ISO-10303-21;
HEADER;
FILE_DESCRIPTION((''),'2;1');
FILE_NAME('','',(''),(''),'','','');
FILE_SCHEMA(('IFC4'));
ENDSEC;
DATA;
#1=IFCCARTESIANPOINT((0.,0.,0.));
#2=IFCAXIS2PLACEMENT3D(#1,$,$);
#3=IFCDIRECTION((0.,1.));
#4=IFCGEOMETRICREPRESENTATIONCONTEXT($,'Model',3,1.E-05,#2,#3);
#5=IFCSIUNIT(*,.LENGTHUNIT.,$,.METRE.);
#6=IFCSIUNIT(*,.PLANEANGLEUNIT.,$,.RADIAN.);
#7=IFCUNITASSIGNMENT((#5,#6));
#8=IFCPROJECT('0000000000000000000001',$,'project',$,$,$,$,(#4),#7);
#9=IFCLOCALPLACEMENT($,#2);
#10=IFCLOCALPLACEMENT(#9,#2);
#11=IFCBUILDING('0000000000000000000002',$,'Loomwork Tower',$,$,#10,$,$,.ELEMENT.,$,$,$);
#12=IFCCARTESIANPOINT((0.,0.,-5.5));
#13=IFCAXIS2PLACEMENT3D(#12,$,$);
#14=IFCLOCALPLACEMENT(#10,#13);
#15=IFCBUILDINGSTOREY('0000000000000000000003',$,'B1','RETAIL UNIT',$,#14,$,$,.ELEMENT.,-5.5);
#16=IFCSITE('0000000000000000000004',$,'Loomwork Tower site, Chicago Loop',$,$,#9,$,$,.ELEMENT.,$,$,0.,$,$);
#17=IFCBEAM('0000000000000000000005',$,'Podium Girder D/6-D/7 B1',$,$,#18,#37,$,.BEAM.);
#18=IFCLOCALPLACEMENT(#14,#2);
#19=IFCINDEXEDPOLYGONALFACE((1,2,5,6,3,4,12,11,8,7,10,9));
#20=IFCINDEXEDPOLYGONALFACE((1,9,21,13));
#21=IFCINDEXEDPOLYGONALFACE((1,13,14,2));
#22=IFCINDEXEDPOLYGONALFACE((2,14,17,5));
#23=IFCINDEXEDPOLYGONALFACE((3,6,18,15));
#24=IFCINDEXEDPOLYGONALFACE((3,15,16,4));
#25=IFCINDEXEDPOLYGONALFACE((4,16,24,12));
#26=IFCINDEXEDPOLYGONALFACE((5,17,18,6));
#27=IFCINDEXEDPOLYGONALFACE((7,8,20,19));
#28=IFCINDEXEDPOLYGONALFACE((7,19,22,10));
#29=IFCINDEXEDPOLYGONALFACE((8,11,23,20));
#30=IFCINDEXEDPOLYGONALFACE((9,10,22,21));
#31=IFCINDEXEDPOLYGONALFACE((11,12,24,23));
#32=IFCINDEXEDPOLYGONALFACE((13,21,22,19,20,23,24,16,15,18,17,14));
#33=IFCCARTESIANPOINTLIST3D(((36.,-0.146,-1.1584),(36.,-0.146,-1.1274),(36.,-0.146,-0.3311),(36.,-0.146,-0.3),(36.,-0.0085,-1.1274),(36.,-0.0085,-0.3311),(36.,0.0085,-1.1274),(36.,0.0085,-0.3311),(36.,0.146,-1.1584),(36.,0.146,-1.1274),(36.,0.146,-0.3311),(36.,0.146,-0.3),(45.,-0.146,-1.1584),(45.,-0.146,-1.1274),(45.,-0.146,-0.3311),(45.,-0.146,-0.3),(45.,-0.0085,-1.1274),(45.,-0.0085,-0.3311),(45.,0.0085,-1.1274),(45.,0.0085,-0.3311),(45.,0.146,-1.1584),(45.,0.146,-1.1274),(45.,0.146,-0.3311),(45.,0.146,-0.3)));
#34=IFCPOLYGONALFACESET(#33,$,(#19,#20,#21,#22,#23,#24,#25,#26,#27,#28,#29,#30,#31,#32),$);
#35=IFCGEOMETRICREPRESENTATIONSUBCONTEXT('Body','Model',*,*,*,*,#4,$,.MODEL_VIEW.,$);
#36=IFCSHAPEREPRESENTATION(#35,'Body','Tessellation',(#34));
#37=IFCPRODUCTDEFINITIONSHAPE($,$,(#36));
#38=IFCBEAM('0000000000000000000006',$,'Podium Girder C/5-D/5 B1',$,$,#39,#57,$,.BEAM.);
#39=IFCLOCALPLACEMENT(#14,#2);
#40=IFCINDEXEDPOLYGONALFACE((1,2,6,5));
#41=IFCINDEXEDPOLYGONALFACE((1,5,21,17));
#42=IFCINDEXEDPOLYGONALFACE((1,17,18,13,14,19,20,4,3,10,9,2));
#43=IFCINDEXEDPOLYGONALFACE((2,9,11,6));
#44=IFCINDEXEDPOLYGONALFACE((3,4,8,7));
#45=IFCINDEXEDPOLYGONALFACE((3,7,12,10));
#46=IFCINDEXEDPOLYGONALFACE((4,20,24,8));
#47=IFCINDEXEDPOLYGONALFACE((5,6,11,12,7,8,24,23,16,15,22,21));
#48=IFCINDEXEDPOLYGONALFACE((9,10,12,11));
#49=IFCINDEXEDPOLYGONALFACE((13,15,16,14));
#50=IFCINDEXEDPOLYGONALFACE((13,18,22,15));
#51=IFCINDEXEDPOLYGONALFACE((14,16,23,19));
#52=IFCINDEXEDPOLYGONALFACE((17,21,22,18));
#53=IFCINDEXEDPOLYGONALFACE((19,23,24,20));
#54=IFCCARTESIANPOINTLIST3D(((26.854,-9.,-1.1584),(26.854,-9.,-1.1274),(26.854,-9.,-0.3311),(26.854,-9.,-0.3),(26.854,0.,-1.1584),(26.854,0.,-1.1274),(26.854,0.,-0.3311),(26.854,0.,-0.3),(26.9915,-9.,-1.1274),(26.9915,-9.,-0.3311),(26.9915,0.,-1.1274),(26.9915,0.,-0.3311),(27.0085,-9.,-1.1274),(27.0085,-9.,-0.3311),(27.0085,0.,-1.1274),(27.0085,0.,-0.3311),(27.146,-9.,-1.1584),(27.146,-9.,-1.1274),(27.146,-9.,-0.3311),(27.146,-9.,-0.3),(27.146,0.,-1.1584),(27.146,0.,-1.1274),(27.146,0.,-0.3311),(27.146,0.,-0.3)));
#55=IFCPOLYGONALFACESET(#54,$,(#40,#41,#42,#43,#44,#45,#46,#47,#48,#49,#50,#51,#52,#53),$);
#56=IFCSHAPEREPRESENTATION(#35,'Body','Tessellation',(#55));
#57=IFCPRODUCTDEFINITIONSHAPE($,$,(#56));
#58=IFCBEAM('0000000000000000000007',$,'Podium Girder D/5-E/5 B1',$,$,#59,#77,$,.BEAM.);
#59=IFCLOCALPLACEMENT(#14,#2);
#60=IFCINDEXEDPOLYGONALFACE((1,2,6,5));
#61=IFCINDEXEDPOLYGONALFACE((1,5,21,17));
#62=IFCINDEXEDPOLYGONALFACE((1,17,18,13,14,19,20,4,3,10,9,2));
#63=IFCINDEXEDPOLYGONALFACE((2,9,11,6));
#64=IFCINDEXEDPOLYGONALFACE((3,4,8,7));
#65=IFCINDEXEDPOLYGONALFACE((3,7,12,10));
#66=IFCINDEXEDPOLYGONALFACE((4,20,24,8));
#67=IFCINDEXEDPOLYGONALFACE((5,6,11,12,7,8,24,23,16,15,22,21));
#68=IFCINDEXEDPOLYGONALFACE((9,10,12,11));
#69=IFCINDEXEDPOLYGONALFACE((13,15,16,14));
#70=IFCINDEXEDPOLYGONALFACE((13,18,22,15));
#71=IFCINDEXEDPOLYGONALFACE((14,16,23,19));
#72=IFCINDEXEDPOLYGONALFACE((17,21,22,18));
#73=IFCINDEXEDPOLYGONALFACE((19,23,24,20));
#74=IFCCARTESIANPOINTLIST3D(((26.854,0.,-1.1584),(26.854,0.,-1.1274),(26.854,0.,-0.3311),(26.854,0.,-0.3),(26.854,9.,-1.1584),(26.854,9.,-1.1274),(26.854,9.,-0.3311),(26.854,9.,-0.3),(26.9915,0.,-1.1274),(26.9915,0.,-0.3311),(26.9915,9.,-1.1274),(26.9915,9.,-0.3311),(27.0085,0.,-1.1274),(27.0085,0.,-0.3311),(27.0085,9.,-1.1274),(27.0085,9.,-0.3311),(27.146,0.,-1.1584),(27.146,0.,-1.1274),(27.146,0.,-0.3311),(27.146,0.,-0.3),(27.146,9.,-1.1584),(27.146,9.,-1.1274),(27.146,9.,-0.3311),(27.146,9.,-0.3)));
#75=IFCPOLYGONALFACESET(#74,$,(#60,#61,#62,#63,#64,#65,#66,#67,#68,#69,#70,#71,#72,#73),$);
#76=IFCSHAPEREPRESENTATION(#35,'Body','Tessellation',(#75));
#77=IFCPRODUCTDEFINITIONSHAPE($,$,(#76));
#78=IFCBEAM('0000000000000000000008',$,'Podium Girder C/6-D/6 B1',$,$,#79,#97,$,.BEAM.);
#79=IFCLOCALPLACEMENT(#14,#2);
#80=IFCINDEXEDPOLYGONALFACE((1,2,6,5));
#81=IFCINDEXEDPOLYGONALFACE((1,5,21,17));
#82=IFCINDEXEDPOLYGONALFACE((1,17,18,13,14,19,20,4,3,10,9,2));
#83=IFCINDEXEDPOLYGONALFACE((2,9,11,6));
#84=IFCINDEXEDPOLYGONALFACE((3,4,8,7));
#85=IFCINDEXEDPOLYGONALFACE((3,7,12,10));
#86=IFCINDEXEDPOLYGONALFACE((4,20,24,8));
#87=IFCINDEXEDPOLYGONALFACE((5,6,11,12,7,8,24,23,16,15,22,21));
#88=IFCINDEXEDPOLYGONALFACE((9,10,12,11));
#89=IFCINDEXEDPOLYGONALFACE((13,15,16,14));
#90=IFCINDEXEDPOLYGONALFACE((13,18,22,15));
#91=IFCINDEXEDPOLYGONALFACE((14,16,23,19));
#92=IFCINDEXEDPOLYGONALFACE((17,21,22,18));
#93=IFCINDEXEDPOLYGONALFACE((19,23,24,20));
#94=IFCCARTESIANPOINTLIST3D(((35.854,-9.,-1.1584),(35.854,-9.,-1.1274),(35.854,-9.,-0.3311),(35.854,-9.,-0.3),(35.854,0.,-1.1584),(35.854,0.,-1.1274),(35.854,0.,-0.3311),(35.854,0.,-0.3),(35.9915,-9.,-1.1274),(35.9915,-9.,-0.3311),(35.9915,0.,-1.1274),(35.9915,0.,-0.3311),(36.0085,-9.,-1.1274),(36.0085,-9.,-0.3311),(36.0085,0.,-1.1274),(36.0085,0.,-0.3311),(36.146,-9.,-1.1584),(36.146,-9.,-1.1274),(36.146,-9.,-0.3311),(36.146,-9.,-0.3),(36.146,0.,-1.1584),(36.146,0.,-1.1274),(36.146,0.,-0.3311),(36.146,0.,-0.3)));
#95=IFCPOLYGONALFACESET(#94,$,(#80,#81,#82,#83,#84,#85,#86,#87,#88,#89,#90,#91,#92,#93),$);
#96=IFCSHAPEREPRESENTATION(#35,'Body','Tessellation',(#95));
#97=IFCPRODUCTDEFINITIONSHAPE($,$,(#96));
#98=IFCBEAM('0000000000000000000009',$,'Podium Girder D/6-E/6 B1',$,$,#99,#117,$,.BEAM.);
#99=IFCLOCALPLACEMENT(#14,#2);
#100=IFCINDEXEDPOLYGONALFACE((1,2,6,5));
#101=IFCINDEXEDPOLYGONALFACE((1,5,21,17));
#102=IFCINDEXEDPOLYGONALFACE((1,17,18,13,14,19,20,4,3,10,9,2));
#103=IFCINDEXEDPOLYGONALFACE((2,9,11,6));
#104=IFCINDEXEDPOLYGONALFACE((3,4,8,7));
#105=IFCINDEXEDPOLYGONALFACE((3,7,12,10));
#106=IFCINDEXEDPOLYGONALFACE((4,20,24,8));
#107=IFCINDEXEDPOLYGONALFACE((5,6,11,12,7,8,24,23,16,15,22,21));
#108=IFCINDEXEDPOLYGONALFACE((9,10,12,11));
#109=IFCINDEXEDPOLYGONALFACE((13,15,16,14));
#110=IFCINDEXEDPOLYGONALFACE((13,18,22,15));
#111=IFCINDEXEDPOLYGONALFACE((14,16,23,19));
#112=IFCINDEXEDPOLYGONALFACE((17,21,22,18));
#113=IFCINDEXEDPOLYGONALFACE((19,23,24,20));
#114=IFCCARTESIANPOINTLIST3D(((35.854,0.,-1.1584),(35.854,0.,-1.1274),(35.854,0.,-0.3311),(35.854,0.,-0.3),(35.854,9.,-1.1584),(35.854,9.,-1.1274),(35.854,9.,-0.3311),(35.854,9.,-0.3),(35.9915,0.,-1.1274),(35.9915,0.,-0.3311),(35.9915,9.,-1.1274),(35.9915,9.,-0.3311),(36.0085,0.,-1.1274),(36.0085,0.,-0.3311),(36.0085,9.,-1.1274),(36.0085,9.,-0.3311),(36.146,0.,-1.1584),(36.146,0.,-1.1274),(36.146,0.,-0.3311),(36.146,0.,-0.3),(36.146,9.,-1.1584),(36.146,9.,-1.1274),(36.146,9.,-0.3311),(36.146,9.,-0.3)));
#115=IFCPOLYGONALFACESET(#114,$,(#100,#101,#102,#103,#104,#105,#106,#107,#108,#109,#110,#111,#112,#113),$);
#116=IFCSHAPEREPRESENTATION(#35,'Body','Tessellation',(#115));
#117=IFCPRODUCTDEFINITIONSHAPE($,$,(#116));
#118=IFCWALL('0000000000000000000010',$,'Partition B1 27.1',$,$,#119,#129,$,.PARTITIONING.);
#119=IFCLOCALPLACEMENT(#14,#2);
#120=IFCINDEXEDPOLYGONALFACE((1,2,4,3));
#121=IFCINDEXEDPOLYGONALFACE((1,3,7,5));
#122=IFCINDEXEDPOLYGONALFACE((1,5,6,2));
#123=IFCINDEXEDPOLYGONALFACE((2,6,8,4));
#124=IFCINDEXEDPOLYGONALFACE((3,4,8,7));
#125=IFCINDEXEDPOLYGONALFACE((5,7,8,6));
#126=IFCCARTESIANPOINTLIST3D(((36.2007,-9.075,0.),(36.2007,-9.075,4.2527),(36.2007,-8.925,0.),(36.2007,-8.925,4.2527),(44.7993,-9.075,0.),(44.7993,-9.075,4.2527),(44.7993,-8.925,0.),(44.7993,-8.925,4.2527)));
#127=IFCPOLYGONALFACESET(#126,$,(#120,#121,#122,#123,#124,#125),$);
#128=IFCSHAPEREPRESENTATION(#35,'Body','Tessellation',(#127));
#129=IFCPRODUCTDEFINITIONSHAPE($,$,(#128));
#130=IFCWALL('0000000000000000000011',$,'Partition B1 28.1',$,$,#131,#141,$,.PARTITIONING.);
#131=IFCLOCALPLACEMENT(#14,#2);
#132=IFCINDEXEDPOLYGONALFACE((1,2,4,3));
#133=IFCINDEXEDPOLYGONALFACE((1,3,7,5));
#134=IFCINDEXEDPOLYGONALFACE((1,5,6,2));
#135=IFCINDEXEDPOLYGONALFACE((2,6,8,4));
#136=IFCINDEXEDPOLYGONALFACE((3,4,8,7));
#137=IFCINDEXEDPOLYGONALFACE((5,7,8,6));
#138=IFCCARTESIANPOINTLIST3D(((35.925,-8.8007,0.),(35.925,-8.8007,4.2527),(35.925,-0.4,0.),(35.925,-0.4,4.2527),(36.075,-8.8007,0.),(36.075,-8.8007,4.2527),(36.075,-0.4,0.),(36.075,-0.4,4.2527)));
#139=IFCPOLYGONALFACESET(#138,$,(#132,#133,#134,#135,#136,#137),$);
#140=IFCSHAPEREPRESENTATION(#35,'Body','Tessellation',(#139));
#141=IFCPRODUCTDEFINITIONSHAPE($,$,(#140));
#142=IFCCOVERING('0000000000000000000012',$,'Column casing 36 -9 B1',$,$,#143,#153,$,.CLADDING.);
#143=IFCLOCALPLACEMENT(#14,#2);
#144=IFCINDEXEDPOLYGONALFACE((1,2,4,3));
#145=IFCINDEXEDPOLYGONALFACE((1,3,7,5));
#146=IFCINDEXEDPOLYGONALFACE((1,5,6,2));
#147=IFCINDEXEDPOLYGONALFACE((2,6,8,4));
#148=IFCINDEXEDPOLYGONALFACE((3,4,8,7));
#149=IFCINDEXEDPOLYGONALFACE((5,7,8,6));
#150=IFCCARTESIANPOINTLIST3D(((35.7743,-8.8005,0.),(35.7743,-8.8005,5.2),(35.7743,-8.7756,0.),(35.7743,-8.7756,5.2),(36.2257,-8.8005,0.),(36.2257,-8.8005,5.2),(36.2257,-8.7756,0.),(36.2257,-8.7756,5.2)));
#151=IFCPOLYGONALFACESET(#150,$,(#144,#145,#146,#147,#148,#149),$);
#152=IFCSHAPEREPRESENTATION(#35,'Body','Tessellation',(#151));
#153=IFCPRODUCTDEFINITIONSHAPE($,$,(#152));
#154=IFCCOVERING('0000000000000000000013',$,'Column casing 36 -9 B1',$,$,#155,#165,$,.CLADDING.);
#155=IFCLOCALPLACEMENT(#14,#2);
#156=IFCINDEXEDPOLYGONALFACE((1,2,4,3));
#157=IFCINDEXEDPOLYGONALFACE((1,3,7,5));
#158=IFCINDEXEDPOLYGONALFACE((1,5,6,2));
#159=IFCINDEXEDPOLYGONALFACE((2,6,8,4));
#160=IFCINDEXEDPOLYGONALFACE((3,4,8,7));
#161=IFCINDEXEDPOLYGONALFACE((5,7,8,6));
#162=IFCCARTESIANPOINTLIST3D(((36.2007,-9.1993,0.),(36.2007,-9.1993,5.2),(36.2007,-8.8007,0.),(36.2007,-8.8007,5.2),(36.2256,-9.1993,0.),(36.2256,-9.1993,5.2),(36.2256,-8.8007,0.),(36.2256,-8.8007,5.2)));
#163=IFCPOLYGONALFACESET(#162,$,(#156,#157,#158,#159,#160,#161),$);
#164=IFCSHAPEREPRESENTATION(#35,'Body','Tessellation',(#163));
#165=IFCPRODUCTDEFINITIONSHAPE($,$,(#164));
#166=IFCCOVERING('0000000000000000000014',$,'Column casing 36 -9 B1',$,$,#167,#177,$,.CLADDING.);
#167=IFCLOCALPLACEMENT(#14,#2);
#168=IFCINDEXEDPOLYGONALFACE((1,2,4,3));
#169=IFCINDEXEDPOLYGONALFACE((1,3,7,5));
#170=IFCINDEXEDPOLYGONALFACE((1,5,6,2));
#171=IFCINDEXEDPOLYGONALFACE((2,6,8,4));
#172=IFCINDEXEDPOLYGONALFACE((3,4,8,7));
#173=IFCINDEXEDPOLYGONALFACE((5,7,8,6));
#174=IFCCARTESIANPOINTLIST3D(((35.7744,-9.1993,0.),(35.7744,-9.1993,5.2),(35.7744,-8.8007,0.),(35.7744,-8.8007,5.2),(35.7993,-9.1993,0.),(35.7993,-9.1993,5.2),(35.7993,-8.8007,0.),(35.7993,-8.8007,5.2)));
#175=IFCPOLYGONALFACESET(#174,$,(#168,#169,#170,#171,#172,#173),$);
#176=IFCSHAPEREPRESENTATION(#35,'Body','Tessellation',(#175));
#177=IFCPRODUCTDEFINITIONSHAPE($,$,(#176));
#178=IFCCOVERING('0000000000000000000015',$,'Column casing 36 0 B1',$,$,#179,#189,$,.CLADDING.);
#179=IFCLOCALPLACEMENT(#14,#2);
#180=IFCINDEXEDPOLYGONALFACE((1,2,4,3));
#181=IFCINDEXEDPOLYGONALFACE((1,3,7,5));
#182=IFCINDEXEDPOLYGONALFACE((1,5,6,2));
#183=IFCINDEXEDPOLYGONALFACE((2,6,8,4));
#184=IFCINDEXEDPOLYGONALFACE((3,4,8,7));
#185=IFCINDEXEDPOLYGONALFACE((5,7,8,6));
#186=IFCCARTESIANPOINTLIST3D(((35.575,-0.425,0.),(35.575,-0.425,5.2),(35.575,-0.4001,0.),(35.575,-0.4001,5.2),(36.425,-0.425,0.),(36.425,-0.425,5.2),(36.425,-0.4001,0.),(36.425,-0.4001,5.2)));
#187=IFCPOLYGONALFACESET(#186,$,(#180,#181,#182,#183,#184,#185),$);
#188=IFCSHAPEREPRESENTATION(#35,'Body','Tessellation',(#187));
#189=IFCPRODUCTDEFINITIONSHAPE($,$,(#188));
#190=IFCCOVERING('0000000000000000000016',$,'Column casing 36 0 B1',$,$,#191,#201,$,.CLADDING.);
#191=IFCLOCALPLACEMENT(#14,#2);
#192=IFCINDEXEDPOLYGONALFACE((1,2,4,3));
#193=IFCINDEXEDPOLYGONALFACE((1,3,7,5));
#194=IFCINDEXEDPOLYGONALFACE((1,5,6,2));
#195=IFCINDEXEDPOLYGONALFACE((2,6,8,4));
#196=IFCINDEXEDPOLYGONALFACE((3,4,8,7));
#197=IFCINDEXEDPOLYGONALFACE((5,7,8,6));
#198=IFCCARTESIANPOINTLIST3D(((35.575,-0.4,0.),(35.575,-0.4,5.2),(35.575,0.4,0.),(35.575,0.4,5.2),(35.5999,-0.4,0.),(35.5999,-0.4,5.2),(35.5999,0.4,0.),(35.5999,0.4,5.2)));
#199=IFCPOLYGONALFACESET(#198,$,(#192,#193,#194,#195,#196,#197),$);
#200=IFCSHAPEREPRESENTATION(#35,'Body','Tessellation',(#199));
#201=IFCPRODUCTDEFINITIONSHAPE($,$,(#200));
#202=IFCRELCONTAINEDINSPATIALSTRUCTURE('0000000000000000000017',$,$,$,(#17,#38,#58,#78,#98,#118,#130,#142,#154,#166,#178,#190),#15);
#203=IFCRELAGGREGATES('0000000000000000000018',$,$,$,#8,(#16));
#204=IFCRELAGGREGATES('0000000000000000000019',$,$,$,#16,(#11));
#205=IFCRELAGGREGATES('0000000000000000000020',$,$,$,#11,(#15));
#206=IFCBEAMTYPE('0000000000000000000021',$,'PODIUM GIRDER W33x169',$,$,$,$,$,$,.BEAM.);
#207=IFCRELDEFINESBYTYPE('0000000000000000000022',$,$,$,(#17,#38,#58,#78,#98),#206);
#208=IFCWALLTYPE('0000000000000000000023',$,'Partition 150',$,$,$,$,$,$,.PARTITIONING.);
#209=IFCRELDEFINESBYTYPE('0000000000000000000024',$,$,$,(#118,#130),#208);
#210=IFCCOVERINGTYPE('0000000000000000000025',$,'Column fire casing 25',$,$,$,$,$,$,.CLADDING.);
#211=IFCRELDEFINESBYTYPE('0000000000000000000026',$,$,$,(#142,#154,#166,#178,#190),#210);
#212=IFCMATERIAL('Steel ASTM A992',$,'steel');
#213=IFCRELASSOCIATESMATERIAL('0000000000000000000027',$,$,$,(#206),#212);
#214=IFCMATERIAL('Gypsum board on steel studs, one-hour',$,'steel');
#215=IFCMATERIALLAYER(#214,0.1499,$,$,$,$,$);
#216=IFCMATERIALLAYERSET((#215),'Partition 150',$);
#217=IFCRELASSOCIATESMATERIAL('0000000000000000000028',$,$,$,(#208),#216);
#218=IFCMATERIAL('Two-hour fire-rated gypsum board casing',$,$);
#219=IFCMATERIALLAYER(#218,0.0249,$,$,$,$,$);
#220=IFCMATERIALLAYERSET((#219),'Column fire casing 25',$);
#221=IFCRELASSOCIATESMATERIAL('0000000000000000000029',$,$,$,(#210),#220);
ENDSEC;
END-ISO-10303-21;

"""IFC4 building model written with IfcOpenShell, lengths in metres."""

from ifc_helpers import new_model, si_unit, direction, frame, frame_2d, origin, origin_2d, place, context, subcontext, project, spatial, rectangle, i_section, extrude, material, layer, layer_set, material_profile, profile_set, type_object, element, save


model = new_model("IFC4")

# Units and contexts
model_context = context("Model", 3, precision=1e-05, world=origin(), true_north=direction((0.0, 1.0)))
body_context = subcontext(model_context, "Body", "Model", "MODEL_VIEW")
ifc_project = project(units=[si_unit("LENGTHUNIT", "METRE"), si_unit("PLANEANGLEUNIT", "RADIAN")], contexts=[model_context])

# Site, building, storey
site_placement = place(None, origin())
site = spatial("IfcSite", under=ifc_project, at=site_placement, Name="Loomwork Tower site, Chicago Loop", CompositionType="ELEMENT", RefElevation=0.0)
building_placement = place(site_placement, origin())
building = spatial("IfcBuilding", under=site, at=building_placement, Name="Loomwork Tower", CompositionType="ELEMENT")
storey_placement = place(building_placement, frame((0.0, 0.0, -5.5)))
storey = spatial("IfcBuildingStorey", under=building, at=storey_placement, Name="B1", Description="RETAIL UNIT", CompositionType="ELEMENT", Elevation=-5.5)

# Beams
ifc_material_1 = material(Name="Steel ASTM A992", Category="steel")
ifc_material_profile_1 = material_profile(ifc_material_1, i_section(OverallWidth=0.292, OverallDepth=0.8584, WebThickness=0.0171, FlangeThickness=0.031, at=origin_2d()), Name="W33x169")
ifc_profile_set_1 = profile_set([ifc_material_profile_1], Name="Steel ASTM A992")
beam_type_1 = type_object("IfcBeamType", Name="PODIUM GIRDER W33x169", PredefinedType="BEAM", material=ifc_profile_set_1)
for number, where, z_axis, x_axis, name in (
    (1, (36.0, 0.0, -0.7292), (1.0, 0.0, 0.0), (0.0, 1.0, 0.0), "Podium Girder D/6-D/7 B1"),
    (2, (27.0, -9.0, -0.7292), (0.0, 1.0, 0.0), (-1.0, 0.0, 0.0), "Podium Girder C/5-D/5 B1"),
    (3, (27.0, 0.0, -0.7292), (0.0, 1.0, 0.0), (-1.0, 0.0, 0.0), "Podium Girder D/5-E/5 B1"),
    (4, (36.0, -9.0, -0.7292), (0.0, 1.0, 0.0), (-1.0, 0.0, 0.0), "Podium Girder C/6-D/6 B1"),
    (5, (36.0, 0.0, -0.7292), (0.0, 1.0, 0.0), (-1.0, 0.0, 0.0), "Podium Girder D/6-E/6 B1"),
):
    element("IfcBeam", number, at=place(storey_placement, frame(where, z_axis=z_axis, x_axis=x_axis)), inside=storey, type_object=beam_type_1, Name=name, PredefinedType="BEAM", context=body_context, shape_type="SweptSolid", body=[
        extrude(i_section(OverallWidth=0.292, OverallDepth=0.8584, WebThickness=0.0171, FlangeThickness=0.031, at=origin_2d()), origin(), (0.0, 0.0, 1.0), 9.0),
    ])

# Walls
ifc_material_2 = material(Name="Gypsum board on steel studs, one-hour", Category="steel")
ifc_layer_1 = layer(ifc_material_2, 0.1499)
ifc_layer_set_1 = layer_set([ifc_layer_1], Name="Partition 150")
wall_type = type_object("IfcWallType", Name="Partition 150", PredefinedType="PARTITIONING", material=ifc_layer_set_1)
wall_1_placement = place(storey_placement, frame((36.2007, -9.0, 0.0), z_axis=(0.0, 0.0, 1.0), x_axis=(1.0, 0.0, 0.0)))
element("IfcWall", 6, at=wall_1_placement, inside=storey, type_object=wall_type, Name="Partition B1 27.1", PredefinedType="PARTITIONING", context=body_context, shape_type="SweptSolid", body=[
    extrude(rectangle(XDim=8.5986, YDim=0.1499, at=frame_2d((4.2993, 0.0))), origin(), (0.0, 0.0, 1.0), 4.2527),
])
wall_2_placement = place(storey_placement, frame((36.0, -8.8005, 0.0), z_axis=(0.0, 0.0, 1.0), x_axis=(0.0, 1.0, 0.0)))
element("IfcWall", 7, at=wall_2_placement, inside=storey, type_object=wall_type, Name="Partition B1 28.1", PredefinedType="PARTITIONING", context=body_context, shape_type="SweptSolid", body=[
    extrude(rectangle(XDim=8.4006, YDim=0.1499, at=frame_2d((4.2002, 0.0))), origin(), (0.0, 0.0, 1.0), 4.2527),
])

# Coverings
ifc_material_3 = material(Name="Two-hour fire-rated gypsum board casing")
ifc_layer_2 = layer(ifc_material_3, 0.0249)
ifc_layer_set_2 = layer_set([ifc_layer_2], Name="Column fire casing 25")
covering_type = type_object("IfcCoveringType", Name="Column fire casing 25", PredefinedType="CLADDING", material=ifc_layer_set_2)
covering_1_placement = place(storey_placement, frame((36.0, -8.7881, 0.0), z_axis=(0.0, 0.0, 1.0), x_axis=(1.0, 0.0, 0.0)))
element("IfcCovering", 8, at=covering_1_placement, inside=storey, type_object=covering_type, Name="Column casing 36 -9 B1", PredefinedType="CLADDING", context=body_context, shape_type="SweptSolid", body=[
    extrude(rectangle(XDim=0.4514, YDim=0.0249, at=origin_2d()), origin(), (0.0, 0.0, 1.0), 5.2),
])
for number, where, z_axis, x_axis, name in (
    (9, (36.2131, -9.0, 0.0), (0.0, 0.0, 1.0), (1.0, 0.0, 0.0), "Column casing 36 -9 B1"),
    (10, (35.7869, -9.0, 0.0), (0.0, 0.0, 1.0), (1.0, 0.0, 0.0), "Column casing 36 -9 B1"),
):
    element("IfcCovering", number, at=place(storey_placement, frame(where, z_axis=z_axis, x_axis=x_axis)), inside=storey, type_object=covering_type, Name=name, PredefinedType="CLADDING", context=body_context, shape_type="SweptSolid", body=[
        extrude(rectangle(XDim=0.0249, YDim=0.3987, at=origin_2d()), origin(), (0.0, 0.0, 1.0), 5.2),
    ])
covering_2_placement = place(storey_placement, frame((36.0, -0.4126, 0.0), z_axis=(0.0, 0.0, 1.0), x_axis=(1.0, 0.0, 0.0)))
element("IfcCovering", 11, at=covering_2_placement, inside=storey, type_object=covering_type, Name="Column casing 36 0 B1", PredefinedType="CLADDING", context=body_context, shape_type="SweptSolid", body=[
    extrude(rectangle(XDim=0.8501, YDim=0.0249, at=origin_2d()), origin(), (0.0, 0.0, 1.0), 5.2),
])
covering_3_placement = place(storey_placement, frame((35.5874, 0.0, 0.0), z_axis=(0.0, 0.0, 1.0), x_axis=(1.0, 0.0, 0.0)))
element("IfcCovering", 12, at=covering_3_placement, inside=storey, type_object=covering_type, Name="Column casing 36 0 B1", PredefinedType="CLADDING", context=body_context, shape_type="SweptSolid", body=[
    extrude(rectangle(XDim=0.0249, YDim=0.8, at=origin_2d()), origin(), (0.0, 0.0, 1.0), 5.2),
])

save(model, "model.ifc")
